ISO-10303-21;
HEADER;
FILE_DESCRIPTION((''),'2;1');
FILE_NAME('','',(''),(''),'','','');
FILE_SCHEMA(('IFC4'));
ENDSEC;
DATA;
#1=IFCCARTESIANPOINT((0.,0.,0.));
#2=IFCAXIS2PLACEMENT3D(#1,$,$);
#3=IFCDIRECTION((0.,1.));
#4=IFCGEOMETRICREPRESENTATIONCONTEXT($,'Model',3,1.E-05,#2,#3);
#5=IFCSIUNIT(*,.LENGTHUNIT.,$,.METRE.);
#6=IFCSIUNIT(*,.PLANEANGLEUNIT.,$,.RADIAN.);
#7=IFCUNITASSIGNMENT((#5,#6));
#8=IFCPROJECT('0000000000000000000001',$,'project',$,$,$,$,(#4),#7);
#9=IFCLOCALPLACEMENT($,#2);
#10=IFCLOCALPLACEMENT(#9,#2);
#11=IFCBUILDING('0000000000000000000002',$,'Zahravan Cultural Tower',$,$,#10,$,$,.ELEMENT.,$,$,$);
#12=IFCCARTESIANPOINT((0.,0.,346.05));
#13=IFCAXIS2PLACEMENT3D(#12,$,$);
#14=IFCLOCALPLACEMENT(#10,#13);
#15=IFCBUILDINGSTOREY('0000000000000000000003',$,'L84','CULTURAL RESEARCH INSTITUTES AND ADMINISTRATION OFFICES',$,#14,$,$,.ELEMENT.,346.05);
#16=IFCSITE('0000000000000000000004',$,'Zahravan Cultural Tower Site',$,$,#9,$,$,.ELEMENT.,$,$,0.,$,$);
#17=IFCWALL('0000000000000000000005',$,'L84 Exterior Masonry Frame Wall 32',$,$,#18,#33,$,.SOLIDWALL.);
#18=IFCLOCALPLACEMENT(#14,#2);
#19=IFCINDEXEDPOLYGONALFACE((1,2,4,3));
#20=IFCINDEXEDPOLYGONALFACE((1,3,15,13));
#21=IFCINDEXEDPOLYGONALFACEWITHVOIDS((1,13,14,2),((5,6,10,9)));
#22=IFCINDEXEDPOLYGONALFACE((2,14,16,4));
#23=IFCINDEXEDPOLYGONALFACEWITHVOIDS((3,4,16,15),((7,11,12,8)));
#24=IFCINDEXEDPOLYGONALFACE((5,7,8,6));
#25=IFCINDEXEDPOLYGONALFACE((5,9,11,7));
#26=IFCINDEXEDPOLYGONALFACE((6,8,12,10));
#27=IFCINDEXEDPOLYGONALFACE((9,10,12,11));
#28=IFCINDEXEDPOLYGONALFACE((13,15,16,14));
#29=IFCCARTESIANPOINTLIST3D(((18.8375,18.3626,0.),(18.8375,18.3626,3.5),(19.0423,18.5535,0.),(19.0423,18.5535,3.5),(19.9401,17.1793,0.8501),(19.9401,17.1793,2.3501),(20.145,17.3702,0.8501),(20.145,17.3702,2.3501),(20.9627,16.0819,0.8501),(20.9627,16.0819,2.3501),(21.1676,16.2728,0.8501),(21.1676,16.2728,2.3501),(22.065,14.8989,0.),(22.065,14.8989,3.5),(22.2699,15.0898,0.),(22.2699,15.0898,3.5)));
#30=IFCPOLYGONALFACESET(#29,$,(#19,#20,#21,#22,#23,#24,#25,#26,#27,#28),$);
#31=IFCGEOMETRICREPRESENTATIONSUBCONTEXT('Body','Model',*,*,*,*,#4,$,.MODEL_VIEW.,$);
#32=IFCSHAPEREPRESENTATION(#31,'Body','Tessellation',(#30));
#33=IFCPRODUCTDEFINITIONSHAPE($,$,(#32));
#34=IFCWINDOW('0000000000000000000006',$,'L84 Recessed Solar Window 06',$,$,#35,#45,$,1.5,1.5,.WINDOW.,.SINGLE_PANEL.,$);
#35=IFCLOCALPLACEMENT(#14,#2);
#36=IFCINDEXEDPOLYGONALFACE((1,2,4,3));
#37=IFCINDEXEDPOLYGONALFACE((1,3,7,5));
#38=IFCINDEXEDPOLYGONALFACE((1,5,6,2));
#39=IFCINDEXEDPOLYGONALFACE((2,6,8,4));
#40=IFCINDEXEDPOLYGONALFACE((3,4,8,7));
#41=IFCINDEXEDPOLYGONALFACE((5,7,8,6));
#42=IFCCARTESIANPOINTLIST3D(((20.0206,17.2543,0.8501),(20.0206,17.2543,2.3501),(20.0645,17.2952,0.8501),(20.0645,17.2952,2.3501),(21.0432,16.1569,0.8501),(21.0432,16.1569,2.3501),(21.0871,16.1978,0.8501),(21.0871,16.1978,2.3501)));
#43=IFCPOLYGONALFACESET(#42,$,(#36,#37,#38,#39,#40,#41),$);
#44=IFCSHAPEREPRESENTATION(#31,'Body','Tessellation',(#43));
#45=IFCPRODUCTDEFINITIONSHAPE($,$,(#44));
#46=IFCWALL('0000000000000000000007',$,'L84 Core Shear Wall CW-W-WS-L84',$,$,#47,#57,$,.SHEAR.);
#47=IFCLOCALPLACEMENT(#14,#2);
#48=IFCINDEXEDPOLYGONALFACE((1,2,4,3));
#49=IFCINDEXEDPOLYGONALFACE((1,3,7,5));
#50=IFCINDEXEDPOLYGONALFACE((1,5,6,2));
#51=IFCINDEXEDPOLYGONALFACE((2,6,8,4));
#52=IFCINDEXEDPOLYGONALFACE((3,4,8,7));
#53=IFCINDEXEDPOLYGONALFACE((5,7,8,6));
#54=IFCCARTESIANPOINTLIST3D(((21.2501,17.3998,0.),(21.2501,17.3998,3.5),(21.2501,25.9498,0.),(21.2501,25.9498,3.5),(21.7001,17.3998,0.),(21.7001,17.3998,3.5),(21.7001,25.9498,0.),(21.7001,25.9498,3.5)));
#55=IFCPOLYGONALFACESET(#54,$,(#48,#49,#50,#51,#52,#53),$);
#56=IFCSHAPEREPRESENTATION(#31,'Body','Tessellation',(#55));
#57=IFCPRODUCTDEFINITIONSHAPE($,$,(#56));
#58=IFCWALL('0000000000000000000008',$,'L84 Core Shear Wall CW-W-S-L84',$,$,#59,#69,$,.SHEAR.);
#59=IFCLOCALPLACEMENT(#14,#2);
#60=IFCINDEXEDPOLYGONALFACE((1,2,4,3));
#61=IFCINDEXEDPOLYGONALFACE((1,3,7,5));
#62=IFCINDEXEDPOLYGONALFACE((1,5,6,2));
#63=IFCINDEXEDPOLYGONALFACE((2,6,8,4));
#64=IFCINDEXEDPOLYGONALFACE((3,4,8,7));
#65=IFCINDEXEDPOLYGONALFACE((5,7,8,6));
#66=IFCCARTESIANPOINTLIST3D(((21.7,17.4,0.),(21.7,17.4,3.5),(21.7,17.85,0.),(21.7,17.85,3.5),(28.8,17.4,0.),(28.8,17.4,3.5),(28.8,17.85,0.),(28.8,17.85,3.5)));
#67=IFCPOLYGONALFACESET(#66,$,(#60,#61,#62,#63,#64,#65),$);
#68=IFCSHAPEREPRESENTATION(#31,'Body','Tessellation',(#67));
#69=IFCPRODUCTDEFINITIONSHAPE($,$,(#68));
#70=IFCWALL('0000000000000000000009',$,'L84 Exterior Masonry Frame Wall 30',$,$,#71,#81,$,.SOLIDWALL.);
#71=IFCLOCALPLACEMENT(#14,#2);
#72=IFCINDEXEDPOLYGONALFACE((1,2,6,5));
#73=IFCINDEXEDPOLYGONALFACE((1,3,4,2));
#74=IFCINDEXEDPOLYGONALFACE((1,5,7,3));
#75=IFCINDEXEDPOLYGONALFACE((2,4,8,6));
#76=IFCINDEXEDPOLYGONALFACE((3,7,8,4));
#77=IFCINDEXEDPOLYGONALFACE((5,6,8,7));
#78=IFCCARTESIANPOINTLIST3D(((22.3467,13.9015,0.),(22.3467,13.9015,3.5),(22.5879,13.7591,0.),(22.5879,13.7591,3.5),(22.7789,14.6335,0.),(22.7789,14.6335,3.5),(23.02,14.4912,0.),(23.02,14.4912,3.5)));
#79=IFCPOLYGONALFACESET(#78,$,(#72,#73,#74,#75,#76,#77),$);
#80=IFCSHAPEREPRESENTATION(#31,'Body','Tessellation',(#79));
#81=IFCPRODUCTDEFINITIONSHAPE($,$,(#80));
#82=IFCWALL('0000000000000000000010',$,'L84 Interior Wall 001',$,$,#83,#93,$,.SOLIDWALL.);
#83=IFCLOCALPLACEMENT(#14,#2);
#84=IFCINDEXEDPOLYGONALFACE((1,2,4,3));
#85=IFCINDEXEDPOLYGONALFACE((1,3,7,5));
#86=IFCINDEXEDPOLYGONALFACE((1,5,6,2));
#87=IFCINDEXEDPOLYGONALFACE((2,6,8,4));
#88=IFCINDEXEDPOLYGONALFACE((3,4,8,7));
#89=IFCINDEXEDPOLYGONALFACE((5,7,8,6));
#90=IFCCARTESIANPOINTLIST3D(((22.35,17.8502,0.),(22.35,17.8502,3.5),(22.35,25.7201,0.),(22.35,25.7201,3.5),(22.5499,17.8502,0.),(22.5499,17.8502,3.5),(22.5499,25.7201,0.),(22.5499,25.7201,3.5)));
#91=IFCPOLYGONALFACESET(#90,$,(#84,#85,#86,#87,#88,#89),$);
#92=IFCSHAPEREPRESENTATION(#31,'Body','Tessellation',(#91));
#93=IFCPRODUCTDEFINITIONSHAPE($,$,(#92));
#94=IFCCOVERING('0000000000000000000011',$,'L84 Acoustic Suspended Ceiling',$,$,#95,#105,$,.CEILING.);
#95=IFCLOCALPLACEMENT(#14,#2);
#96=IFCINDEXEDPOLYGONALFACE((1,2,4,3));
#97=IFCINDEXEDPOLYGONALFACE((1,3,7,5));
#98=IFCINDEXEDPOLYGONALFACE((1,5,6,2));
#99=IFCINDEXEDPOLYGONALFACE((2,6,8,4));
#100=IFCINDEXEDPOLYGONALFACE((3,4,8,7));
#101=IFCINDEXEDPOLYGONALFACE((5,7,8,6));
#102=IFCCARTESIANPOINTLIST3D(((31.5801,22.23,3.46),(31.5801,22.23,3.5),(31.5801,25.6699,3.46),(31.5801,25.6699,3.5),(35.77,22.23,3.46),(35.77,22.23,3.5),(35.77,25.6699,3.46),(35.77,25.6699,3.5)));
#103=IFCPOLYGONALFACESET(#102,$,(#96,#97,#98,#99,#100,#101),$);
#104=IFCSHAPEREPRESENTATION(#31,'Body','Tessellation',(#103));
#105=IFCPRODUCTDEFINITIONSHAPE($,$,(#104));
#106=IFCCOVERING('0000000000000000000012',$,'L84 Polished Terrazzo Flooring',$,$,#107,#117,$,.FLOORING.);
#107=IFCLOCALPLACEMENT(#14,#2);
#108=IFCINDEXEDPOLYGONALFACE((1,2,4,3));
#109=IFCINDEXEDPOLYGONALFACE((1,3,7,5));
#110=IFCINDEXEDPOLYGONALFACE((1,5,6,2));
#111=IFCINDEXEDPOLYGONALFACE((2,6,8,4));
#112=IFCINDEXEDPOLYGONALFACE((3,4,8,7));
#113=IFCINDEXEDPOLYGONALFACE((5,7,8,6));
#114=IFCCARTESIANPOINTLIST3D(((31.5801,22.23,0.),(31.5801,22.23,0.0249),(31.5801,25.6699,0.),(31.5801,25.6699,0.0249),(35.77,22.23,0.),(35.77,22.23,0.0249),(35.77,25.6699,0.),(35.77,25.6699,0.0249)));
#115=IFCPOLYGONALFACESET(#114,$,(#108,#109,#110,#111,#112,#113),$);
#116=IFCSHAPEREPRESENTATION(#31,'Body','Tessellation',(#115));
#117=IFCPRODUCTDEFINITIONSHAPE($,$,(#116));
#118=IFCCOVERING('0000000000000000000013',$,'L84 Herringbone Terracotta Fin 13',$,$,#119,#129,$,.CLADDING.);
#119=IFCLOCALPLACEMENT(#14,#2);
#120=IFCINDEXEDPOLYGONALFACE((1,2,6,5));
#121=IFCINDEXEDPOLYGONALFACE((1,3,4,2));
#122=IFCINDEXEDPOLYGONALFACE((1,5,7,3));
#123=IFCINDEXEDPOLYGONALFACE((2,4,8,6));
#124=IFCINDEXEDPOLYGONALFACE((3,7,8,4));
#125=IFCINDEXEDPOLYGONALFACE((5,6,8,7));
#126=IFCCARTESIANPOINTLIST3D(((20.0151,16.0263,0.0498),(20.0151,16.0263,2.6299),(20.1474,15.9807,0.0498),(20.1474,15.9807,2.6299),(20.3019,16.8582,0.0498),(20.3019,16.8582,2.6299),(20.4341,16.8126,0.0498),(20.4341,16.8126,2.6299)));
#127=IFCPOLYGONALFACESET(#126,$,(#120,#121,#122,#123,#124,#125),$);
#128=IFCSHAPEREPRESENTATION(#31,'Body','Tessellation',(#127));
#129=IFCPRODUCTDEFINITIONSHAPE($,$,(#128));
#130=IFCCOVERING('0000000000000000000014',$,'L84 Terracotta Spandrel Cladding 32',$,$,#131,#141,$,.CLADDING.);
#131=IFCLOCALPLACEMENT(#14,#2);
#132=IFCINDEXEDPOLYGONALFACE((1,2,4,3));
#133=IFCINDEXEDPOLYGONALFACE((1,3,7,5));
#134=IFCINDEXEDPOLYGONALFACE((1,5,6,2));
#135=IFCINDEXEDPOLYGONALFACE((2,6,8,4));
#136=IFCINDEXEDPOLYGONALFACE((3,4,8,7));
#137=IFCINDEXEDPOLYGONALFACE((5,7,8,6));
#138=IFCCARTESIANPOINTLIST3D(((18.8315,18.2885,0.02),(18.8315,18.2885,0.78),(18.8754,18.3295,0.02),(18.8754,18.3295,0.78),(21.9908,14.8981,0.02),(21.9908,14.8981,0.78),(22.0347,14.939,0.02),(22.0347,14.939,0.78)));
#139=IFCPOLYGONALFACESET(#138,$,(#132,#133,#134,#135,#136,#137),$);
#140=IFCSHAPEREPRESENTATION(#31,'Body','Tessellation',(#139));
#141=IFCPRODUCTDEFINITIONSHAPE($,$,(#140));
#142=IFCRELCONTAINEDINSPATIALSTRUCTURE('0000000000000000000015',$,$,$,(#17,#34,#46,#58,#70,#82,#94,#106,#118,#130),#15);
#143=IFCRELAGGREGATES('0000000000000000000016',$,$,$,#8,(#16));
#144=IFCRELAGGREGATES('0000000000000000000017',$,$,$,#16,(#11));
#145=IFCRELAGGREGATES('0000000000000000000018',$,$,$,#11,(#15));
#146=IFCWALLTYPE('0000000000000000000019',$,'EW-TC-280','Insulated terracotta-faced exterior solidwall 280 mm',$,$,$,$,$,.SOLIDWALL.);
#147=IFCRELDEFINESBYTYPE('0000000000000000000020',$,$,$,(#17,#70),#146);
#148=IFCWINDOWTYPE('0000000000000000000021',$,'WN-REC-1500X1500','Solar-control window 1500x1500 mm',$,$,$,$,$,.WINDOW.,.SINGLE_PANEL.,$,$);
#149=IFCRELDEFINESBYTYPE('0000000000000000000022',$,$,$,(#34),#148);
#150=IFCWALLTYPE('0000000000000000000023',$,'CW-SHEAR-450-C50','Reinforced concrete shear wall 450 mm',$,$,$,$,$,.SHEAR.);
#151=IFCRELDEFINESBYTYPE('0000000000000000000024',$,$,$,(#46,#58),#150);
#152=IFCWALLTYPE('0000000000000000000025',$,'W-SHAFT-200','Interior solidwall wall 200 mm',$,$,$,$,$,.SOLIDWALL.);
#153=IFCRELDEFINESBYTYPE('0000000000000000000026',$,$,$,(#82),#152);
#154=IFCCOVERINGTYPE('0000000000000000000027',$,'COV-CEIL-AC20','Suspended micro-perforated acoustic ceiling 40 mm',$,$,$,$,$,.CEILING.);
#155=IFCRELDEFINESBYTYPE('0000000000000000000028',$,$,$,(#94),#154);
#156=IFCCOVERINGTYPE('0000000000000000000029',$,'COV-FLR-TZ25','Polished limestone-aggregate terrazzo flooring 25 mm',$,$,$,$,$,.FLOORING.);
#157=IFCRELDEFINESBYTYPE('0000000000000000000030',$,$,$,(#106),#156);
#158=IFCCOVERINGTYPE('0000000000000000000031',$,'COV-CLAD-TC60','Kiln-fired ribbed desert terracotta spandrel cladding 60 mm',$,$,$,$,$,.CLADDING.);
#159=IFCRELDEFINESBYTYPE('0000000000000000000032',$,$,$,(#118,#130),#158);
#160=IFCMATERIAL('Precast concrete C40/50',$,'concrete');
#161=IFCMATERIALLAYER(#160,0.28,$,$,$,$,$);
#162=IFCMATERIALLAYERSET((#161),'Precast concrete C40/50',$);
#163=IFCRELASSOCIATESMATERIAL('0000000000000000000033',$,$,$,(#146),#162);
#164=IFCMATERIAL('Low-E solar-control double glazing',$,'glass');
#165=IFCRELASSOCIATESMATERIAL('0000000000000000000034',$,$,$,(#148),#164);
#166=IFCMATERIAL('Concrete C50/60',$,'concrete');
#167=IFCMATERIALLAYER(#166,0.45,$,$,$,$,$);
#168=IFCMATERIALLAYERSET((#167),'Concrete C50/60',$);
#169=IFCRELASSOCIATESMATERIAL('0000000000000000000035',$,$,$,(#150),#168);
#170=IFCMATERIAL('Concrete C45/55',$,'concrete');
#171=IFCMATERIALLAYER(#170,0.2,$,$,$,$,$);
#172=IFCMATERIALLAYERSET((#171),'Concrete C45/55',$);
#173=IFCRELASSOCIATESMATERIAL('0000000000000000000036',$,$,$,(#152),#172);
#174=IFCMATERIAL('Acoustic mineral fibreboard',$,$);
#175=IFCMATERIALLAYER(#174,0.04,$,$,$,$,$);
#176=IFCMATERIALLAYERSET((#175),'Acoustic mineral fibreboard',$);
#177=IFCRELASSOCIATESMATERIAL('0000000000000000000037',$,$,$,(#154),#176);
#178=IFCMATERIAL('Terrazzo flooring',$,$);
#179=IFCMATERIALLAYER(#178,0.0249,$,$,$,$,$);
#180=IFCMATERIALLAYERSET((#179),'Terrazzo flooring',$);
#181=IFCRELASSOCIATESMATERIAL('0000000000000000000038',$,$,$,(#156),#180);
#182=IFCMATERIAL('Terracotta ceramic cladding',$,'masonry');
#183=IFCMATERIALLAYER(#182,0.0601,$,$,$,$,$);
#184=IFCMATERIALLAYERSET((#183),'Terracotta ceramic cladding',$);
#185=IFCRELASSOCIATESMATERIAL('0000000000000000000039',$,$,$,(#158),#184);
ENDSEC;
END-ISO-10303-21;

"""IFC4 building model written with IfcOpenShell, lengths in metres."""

from ifc_helpers import new_model, si_unit, direction, frame, frame_2d, origin, origin_2d, place, context, subcontext, project, spatial, polyline, rectangle, outline, extrude, source, transform, mapped, material, layer, layer_set, type_object, element, fill, save


model = new_model("IFC4")

# Units and contexts
model_context = context("Model", 3, precision=1e-05, world=origin(), true_north=direction((0.0, 1.0)))
body_context = subcontext(model_context, "Body", "Model", "MODEL_VIEW")
ifc_project = project(units=[si_unit("LENGTHUNIT", "METRE"), si_unit("PLANEANGLEUNIT", "RADIAN")], contexts=[model_context])

# Site, building, storey
site_placement = place(None, origin())
site = spatial("IfcSite", under=ifc_project, at=site_placement, Name="Zahravan Cultural Tower Site", CompositionType="ELEMENT", RefElevation=0.0)
building_placement = place(site_placement, origin())
building = spatial("IfcBuilding", under=site, at=building_placement, Name="Zahravan Cultural Tower", CompositionType="ELEMENT")
storey_placement = place(building_placement, frame((0.0, 0.0, 346.05)))
storey = spatial("IfcBuildingStorey", under=building, at=storey_placement, Name="L84", Description="CULTURAL RESEARCH INSTITUTES AND ADMINISTRATION OFFICES", CompositionType="ELEMENT", Elevation=346.05)

# Shared definitions
ifc_material_1 = material(Name="Concrete C50/60", Category="concrete")

# Shared definitions
ifc_material_2 = material(Name="Concrete C45/55", Category="concrete")

# Wall, opening, window
ifc_material_3 = material(Name="Precast concrete C40/50", Category="concrete")
ifc_layer_1 = layer(ifc_material_3, 0.28)
ifc_layer_set_1 = layer_set([ifc_layer_1], Name="Precast concrete C40/50")
wall_type_1 = type_object("IfcWallType", Name="EW-TC-280", Description="Insulated terracotta-faced exterior solidwall 280 mm", PredefinedType="SOLIDWALL", material=ifc_layer_set_1)
wall_1_placement = place(storey_placement, frame((22.1675, 14.9944, 0.0), z_axis=(0.0, 0.0, 1.0), x_axis=(-0.681734, 0.7316, 0.0)))
wall_1 = element("IfcWall", 1, at=wall_1_placement, inside=storey, type_object=wall_type_1, Name="L84 Exterior Masonry Frame Wall 32", PredefinedType="SOLIDWALL", context=body_context, shape_type="SweptSolid", body=[
    extrude(rectangle(XDim=4.7344, YDim=0.28, at=frame_2d((2.3672, 0.0))), origin(), (0.0, 0.0, 1.0), 3.5),
])
opening_placement = place(wall_1_placement, frame((1.6169, 0.0, 0.8501)))
opening = element("IfcOpeningElement", 2, at=opening_placement, cuts=wall_1, PredefinedType="OPENING", context=body_context, shape_type="SweptSolid", body=[
    extrude(rectangle(XDim=1.5, YDim=1.5, at=frame_2d((0.75, 0.75))), frame((0.0, 0.1499, 0.0), z_axis=(0.0, -1.0, 0.0), x_axis=(1.0, 0.0, 0.0)), (0.0, 0.0, 1.0), 0.3),
])
ifc_material_4 = material(Name="Low-E solar-control double glazing", Category="glass")
window_type = type_object("IfcWindowType", Name="WN-REC-1500X1500", Description="Solar-control window 1500x1500 mm", PartitioningType="SINGLE_PANEL", PredefinedType="WINDOW", material=ifc_material_4)
shared_shape_1 = source(origin(), body_context, "Body", "SweptSolid", [
    extrude(rectangle(XDim=1.5, YDim=1.5, at=frame_2d((0.75, 0.75))), frame((0.0, 0.03, 0.0), z_axis=(0.0, -1.0, 0.0), x_axis=(1.0, 0.0, 0.0)), (0.0, 0.0, 1.0), 0.0601),
])
window_placement = place(opening_placement, origin())
window = element("IfcWindow", 3, at=window_placement, inside=storey, type_object=window_type, Name="L84 Recessed Solar Window 06", OverallHeight=1.5, OverallWidth=1.5, PartitioningType="SINGLE_PANEL", PredefinedType="WINDOW", context=body_context, shape_type="MappedRepresentation", body=[
    mapped(shared_shape_1, transform((0.0, 0.0, 0.0), x_axis=(1.0, 0.0, 0.0), y_axis=(0.0, 1.0, 0.0), z_axis=(0.0, 0.0, 1.0), scale=1.0)),
])
fill(opening, window)

# Walls
ifc_layer_2 = layer(ifc_material_1, 0.45)
ifc_layer_set_2 = layer_set([ifc_layer_2], Name="Concrete C50/60")
wall_type_2 = type_object("IfcWallType", Name="CW-SHEAR-450-C50", Description="Reinforced concrete shear wall 450 mm", PredefinedType="SHEAR", material=ifc_layer_set_2)
shared_shape_2 = source(origin(), body_context, "Body", "SweptSolid", [
    extrude(rectangle(XDim=8.55, YDim=0.45, at=frame_2d((4.2749, 0.0))), origin(), (0.0, 0.0, 1.0), 3.5),
])
wall_2_placement = place(storey_placement, frame((21.4751, 17.3999, 0.0), z_axis=(0.0, 0.0, 1.0), x_axis=(0.0, 1.0, 0.0)))
element("IfcWall", 4, at=wall_2_placement, inside=storey, type_object=wall_type_2, Name="L84 Core Shear Wall CW-W-WS-L84", PredefinedType="SHEAR", context=body_context, shape_type="MappedRepresentation", body=[
    mapped(shared_shape_2, transform((0.0, 0.0, 0.0), x_axis=(1.0, 0.0, 0.0), y_axis=(0.0, 1.0, 0.0), z_axis=(0.0, 0.0, 1.0), scale=1.0)),
])
shared_shape_3 = source(origin(), body_context, "Body", "SweptSolid", [
    extrude(rectangle(XDim=7.1001, YDim=0.45, at=frame_2d((3.55, 0.0))), origin(), (0.0, 0.0, 1.0), 3.5),
])
wall_3_placement = place(storey_placement, frame((21.7, 17.625, 0.0), z_axis=(0.0, 0.0, 1.0), x_axis=(1.0, 0.0, 0.0)))
element("IfcWall", 5, at=wall_3_placement, inside=storey, type_object=wall_type_2, Name="L84 Core Shear Wall CW-W-S-L84", PredefinedType="SHEAR", context=body_context, shape_type="MappedRepresentation", body=[
    mapped(shared_shape_3, transform((0.0, 0.0, 0.0), x_axis=(1.0, 0.0, 0.0), y_axis=(0.0, 1.0, 0.0), z_axis=(0.0, 0.0, 1.0), scale=1.0)),
])
shared_shape_4 = source(origin(), body_context, "Body", "SweptSolid", [
    extrude(rectangle(XDim=0.8501, YDim=0.28, at=frame_2d((0.425, 0.0))), origin(), (0.0, 0.0, 1.0), 3.5),
])
wall_4_placement = place(storey_placement, frame((22.4673, 13.8303, 0.0), z_axis=(0.0, 0.0, 1.0), x_axis=(0.5084, 0.861121, 0.0)))
element("IfcWall", 6, at=wall_4_placement, inside=storey, type_object=wall_type_1, Name="L84 Exterior Masonry Frame Wall 30", PredefinedType="SOLIDWALL", context=body_context, shape_type="MappedRepresentation", body=[
    mapped(shared_shape_4, transform((0.0, 0.0, 0.0), x_axis=(1.0, 0.0, 0.0), y_axis=(0.0, 1.0, 0.0), z_axis=(0.0, 0.0, 1.0), scale=1.0)),
])
ifc_layer_3 = layer(ifc_material_2, 0.2)
ifc_layer_set_3 = layer_set([ifc_layer_3], Name="Concrete C45/55")
wall_type_3 = type_object("IfcWallType", Name="W-SHAFT-200", Description="Interior solidwall wall 200 mm", PredefinedType="SOLIDWALL", material=ifc_layer_set_3)
shared_shape_5 = source(origin(), body_context, "Body", "SweptSolid", [
    extrude(rectangle(XDim=7.8699, YDim=0.2, at=frame_2d((3.9351, 0.0))), origin(), (0.0, 0.0, 1.0), 3.5),
])
wall_5_placement = place(storey_placement, frame((22.45, 17.8501, 0.0), z_axis=(0.0, 0.0, 1.0), x_axis=(0.0, 1.0, 0.0)))
element("IfcWall", 7, at=wall_5_placement, inside=storey, type_object=wall_type_3, Name="L84 Interior Wall 001", PredefinedType="SOLIDWALL", context=body_context, shape_type="MappedRepresentation", body=[
    mapped(shared_shape_5, transform((0.0, 0.0, 0.0), x_axis=(1.0, 0.0, 0.0), y_axis=(0.0, 1.0, 0.0), z_axis=(0.0, 0.0, 1.0), scale=1.0)),
])

# Coverings
ifc_material_5 = material(Name="Acoustic mineral fibreboard")
ifc_layer_4 = layer(ifc_material_5, 0.04)
ifc_layer_set_4 = layer_set([ifc_layer_4], Name="Acoustic mineral fibreboard")
covering_type_1 = type_object("IfcCoveringType", Name="COV-CEIL-AC20", Description="Suspended micro-perforated acoustic ceiling 40 mm", PredefinedType="CEILING", material=ifc_layer_set_4)
covering_1_placement = place(storey_placement, frame((0.0, 0.0, 3.46)))
element("IfcCovering", 8, at=covering_1_placement, inside=storey, type_object=covering_type_1, Name="L84 Acoustic Suspended Ceiling", PredefinedType="CEILING", context=body_context, shape_type="SweptSolid", body=[
    extrude(outline(polyline([(35.77, 25.6699), (31.5801, 25.6699), (31.5801, 22.23), (35.77, 22.23), (35.77, 25.6699)])), origin(), (0.0, 0.0, 1.0), 0.04),
])
ifc_material_6 = material(Name="Terrazzo flooring")
ifc_layer_5 = layer(ifc_material_6, 0.0249)
ifc_layer_set_5 = layer_set([ifc_layer_5], Name="Terrazzo flooring")
covering_type_2 = type_object("IfcCoveringType", Name="COV-FLR-TZ25", Description="Polished limestone-aggregate terrazzo flooring 25 mm", PredefinedType="FLOORING", material=ifc_layer_set_5)
covering_2_placement = place(storey_placement, origin())
element("IfcCovering", 9, at=covering_2_placement, inside=storey, type_object=covering_type_2, Name="L84 Polished Terrazzo Flooring", PredefinedType="FLOORING", context=body_context, shape_type="SweptSolid", body=[
    extrude(outline(polyline([(35.77, 25.6699), (31.5801, 25.6699), (31.5801, 22.23), (35.77, 22.23), (35.77, 25.6699)])), origin(), (0.0, 0.0, 1.0), 0.0249),
])
ifc_material_7 = material(Name="Terracotta ceramic cladding", Category="masonry")
ifc_layer_6 = layer(ifc_material_7, 0.0601)
ifc_layer_set_6 = layer_set([ifc_layer_6], Name="Terracotta ceramic cladding")
covering_type_3 = type_object("IfcCoveringType", Name="COV-CLAD-TC60", Description="Kiln-fired ribbed desert terracotta spandrel cladding 60 mm", PredefinedType="CLADDING", material=ifc_layer_set_6)
shared_shape_6 = source(origin(), body_context, "Body", "SweptSolid", [
    extrude(rectangle(XDim=0.8799, YDim=0.1399, at=origin_2d()), origin(), (0.0, 0.0, 1.0), 2.5801),
])
covering_3_placement = place(storey_placement, frame((20.2246, 16.4194, 0.0498), z_axis=(0.0, 0.0, 1.0), x_axis=(-0.325915, -0.945399, 0.0)))
element("IfcCovering", 10, at=covering_3_placement, inside=storey, type_object=covering_type_3, Name="L84 Herringbone Terracotta Fin 13", PredefinedType="CLADDING", context=body_context, shape_type="MappedRepresentation", body=[
    mapped(shared_shape_6, transform((0.0, 0.0, 0.0), x_axis=(1.0, 0.0, 0.0), y_axis=(0.0, 1.0, 0.0), z_axis=(0.0, 0.0, 1.0), scale=1.0)),
])
shared_shape_7 = source(origin(), body_context, "Body", "SweptSolid", [
    extrude(rectangle(XDim=4.6343, YDim=0.0601, at=origin_2d()), origin(), (0.0, 0.0, 1.0), 0.76),
])
covering_4_placement = place(storey_placement, frame((20.4331, 16.6138, 0.02), z_axis=(0.0, 0.0, 1.0), x_axis=(-0.68173, 0.731604, 0.0)))
element("IfcCovering", 11, at=covering_4_placement, inside=storey, type_object=covering_type_3, Name="L84 Terracotta Spandrel Cladding 32", PredefinedType="CLADDING", context=body_context, shape_type="MappedRepresentation", body=[
    mapped(shared_shape_7, transform((0.0, 0.0, 0.0), x_axis=(1.0, 0.0, 0.0), y_axis=(0.0, 1.0, 0.0), z_axis=(0.0, 0.0, 1.0), scale=1.0)),
])

save(model, "model.ifc")
